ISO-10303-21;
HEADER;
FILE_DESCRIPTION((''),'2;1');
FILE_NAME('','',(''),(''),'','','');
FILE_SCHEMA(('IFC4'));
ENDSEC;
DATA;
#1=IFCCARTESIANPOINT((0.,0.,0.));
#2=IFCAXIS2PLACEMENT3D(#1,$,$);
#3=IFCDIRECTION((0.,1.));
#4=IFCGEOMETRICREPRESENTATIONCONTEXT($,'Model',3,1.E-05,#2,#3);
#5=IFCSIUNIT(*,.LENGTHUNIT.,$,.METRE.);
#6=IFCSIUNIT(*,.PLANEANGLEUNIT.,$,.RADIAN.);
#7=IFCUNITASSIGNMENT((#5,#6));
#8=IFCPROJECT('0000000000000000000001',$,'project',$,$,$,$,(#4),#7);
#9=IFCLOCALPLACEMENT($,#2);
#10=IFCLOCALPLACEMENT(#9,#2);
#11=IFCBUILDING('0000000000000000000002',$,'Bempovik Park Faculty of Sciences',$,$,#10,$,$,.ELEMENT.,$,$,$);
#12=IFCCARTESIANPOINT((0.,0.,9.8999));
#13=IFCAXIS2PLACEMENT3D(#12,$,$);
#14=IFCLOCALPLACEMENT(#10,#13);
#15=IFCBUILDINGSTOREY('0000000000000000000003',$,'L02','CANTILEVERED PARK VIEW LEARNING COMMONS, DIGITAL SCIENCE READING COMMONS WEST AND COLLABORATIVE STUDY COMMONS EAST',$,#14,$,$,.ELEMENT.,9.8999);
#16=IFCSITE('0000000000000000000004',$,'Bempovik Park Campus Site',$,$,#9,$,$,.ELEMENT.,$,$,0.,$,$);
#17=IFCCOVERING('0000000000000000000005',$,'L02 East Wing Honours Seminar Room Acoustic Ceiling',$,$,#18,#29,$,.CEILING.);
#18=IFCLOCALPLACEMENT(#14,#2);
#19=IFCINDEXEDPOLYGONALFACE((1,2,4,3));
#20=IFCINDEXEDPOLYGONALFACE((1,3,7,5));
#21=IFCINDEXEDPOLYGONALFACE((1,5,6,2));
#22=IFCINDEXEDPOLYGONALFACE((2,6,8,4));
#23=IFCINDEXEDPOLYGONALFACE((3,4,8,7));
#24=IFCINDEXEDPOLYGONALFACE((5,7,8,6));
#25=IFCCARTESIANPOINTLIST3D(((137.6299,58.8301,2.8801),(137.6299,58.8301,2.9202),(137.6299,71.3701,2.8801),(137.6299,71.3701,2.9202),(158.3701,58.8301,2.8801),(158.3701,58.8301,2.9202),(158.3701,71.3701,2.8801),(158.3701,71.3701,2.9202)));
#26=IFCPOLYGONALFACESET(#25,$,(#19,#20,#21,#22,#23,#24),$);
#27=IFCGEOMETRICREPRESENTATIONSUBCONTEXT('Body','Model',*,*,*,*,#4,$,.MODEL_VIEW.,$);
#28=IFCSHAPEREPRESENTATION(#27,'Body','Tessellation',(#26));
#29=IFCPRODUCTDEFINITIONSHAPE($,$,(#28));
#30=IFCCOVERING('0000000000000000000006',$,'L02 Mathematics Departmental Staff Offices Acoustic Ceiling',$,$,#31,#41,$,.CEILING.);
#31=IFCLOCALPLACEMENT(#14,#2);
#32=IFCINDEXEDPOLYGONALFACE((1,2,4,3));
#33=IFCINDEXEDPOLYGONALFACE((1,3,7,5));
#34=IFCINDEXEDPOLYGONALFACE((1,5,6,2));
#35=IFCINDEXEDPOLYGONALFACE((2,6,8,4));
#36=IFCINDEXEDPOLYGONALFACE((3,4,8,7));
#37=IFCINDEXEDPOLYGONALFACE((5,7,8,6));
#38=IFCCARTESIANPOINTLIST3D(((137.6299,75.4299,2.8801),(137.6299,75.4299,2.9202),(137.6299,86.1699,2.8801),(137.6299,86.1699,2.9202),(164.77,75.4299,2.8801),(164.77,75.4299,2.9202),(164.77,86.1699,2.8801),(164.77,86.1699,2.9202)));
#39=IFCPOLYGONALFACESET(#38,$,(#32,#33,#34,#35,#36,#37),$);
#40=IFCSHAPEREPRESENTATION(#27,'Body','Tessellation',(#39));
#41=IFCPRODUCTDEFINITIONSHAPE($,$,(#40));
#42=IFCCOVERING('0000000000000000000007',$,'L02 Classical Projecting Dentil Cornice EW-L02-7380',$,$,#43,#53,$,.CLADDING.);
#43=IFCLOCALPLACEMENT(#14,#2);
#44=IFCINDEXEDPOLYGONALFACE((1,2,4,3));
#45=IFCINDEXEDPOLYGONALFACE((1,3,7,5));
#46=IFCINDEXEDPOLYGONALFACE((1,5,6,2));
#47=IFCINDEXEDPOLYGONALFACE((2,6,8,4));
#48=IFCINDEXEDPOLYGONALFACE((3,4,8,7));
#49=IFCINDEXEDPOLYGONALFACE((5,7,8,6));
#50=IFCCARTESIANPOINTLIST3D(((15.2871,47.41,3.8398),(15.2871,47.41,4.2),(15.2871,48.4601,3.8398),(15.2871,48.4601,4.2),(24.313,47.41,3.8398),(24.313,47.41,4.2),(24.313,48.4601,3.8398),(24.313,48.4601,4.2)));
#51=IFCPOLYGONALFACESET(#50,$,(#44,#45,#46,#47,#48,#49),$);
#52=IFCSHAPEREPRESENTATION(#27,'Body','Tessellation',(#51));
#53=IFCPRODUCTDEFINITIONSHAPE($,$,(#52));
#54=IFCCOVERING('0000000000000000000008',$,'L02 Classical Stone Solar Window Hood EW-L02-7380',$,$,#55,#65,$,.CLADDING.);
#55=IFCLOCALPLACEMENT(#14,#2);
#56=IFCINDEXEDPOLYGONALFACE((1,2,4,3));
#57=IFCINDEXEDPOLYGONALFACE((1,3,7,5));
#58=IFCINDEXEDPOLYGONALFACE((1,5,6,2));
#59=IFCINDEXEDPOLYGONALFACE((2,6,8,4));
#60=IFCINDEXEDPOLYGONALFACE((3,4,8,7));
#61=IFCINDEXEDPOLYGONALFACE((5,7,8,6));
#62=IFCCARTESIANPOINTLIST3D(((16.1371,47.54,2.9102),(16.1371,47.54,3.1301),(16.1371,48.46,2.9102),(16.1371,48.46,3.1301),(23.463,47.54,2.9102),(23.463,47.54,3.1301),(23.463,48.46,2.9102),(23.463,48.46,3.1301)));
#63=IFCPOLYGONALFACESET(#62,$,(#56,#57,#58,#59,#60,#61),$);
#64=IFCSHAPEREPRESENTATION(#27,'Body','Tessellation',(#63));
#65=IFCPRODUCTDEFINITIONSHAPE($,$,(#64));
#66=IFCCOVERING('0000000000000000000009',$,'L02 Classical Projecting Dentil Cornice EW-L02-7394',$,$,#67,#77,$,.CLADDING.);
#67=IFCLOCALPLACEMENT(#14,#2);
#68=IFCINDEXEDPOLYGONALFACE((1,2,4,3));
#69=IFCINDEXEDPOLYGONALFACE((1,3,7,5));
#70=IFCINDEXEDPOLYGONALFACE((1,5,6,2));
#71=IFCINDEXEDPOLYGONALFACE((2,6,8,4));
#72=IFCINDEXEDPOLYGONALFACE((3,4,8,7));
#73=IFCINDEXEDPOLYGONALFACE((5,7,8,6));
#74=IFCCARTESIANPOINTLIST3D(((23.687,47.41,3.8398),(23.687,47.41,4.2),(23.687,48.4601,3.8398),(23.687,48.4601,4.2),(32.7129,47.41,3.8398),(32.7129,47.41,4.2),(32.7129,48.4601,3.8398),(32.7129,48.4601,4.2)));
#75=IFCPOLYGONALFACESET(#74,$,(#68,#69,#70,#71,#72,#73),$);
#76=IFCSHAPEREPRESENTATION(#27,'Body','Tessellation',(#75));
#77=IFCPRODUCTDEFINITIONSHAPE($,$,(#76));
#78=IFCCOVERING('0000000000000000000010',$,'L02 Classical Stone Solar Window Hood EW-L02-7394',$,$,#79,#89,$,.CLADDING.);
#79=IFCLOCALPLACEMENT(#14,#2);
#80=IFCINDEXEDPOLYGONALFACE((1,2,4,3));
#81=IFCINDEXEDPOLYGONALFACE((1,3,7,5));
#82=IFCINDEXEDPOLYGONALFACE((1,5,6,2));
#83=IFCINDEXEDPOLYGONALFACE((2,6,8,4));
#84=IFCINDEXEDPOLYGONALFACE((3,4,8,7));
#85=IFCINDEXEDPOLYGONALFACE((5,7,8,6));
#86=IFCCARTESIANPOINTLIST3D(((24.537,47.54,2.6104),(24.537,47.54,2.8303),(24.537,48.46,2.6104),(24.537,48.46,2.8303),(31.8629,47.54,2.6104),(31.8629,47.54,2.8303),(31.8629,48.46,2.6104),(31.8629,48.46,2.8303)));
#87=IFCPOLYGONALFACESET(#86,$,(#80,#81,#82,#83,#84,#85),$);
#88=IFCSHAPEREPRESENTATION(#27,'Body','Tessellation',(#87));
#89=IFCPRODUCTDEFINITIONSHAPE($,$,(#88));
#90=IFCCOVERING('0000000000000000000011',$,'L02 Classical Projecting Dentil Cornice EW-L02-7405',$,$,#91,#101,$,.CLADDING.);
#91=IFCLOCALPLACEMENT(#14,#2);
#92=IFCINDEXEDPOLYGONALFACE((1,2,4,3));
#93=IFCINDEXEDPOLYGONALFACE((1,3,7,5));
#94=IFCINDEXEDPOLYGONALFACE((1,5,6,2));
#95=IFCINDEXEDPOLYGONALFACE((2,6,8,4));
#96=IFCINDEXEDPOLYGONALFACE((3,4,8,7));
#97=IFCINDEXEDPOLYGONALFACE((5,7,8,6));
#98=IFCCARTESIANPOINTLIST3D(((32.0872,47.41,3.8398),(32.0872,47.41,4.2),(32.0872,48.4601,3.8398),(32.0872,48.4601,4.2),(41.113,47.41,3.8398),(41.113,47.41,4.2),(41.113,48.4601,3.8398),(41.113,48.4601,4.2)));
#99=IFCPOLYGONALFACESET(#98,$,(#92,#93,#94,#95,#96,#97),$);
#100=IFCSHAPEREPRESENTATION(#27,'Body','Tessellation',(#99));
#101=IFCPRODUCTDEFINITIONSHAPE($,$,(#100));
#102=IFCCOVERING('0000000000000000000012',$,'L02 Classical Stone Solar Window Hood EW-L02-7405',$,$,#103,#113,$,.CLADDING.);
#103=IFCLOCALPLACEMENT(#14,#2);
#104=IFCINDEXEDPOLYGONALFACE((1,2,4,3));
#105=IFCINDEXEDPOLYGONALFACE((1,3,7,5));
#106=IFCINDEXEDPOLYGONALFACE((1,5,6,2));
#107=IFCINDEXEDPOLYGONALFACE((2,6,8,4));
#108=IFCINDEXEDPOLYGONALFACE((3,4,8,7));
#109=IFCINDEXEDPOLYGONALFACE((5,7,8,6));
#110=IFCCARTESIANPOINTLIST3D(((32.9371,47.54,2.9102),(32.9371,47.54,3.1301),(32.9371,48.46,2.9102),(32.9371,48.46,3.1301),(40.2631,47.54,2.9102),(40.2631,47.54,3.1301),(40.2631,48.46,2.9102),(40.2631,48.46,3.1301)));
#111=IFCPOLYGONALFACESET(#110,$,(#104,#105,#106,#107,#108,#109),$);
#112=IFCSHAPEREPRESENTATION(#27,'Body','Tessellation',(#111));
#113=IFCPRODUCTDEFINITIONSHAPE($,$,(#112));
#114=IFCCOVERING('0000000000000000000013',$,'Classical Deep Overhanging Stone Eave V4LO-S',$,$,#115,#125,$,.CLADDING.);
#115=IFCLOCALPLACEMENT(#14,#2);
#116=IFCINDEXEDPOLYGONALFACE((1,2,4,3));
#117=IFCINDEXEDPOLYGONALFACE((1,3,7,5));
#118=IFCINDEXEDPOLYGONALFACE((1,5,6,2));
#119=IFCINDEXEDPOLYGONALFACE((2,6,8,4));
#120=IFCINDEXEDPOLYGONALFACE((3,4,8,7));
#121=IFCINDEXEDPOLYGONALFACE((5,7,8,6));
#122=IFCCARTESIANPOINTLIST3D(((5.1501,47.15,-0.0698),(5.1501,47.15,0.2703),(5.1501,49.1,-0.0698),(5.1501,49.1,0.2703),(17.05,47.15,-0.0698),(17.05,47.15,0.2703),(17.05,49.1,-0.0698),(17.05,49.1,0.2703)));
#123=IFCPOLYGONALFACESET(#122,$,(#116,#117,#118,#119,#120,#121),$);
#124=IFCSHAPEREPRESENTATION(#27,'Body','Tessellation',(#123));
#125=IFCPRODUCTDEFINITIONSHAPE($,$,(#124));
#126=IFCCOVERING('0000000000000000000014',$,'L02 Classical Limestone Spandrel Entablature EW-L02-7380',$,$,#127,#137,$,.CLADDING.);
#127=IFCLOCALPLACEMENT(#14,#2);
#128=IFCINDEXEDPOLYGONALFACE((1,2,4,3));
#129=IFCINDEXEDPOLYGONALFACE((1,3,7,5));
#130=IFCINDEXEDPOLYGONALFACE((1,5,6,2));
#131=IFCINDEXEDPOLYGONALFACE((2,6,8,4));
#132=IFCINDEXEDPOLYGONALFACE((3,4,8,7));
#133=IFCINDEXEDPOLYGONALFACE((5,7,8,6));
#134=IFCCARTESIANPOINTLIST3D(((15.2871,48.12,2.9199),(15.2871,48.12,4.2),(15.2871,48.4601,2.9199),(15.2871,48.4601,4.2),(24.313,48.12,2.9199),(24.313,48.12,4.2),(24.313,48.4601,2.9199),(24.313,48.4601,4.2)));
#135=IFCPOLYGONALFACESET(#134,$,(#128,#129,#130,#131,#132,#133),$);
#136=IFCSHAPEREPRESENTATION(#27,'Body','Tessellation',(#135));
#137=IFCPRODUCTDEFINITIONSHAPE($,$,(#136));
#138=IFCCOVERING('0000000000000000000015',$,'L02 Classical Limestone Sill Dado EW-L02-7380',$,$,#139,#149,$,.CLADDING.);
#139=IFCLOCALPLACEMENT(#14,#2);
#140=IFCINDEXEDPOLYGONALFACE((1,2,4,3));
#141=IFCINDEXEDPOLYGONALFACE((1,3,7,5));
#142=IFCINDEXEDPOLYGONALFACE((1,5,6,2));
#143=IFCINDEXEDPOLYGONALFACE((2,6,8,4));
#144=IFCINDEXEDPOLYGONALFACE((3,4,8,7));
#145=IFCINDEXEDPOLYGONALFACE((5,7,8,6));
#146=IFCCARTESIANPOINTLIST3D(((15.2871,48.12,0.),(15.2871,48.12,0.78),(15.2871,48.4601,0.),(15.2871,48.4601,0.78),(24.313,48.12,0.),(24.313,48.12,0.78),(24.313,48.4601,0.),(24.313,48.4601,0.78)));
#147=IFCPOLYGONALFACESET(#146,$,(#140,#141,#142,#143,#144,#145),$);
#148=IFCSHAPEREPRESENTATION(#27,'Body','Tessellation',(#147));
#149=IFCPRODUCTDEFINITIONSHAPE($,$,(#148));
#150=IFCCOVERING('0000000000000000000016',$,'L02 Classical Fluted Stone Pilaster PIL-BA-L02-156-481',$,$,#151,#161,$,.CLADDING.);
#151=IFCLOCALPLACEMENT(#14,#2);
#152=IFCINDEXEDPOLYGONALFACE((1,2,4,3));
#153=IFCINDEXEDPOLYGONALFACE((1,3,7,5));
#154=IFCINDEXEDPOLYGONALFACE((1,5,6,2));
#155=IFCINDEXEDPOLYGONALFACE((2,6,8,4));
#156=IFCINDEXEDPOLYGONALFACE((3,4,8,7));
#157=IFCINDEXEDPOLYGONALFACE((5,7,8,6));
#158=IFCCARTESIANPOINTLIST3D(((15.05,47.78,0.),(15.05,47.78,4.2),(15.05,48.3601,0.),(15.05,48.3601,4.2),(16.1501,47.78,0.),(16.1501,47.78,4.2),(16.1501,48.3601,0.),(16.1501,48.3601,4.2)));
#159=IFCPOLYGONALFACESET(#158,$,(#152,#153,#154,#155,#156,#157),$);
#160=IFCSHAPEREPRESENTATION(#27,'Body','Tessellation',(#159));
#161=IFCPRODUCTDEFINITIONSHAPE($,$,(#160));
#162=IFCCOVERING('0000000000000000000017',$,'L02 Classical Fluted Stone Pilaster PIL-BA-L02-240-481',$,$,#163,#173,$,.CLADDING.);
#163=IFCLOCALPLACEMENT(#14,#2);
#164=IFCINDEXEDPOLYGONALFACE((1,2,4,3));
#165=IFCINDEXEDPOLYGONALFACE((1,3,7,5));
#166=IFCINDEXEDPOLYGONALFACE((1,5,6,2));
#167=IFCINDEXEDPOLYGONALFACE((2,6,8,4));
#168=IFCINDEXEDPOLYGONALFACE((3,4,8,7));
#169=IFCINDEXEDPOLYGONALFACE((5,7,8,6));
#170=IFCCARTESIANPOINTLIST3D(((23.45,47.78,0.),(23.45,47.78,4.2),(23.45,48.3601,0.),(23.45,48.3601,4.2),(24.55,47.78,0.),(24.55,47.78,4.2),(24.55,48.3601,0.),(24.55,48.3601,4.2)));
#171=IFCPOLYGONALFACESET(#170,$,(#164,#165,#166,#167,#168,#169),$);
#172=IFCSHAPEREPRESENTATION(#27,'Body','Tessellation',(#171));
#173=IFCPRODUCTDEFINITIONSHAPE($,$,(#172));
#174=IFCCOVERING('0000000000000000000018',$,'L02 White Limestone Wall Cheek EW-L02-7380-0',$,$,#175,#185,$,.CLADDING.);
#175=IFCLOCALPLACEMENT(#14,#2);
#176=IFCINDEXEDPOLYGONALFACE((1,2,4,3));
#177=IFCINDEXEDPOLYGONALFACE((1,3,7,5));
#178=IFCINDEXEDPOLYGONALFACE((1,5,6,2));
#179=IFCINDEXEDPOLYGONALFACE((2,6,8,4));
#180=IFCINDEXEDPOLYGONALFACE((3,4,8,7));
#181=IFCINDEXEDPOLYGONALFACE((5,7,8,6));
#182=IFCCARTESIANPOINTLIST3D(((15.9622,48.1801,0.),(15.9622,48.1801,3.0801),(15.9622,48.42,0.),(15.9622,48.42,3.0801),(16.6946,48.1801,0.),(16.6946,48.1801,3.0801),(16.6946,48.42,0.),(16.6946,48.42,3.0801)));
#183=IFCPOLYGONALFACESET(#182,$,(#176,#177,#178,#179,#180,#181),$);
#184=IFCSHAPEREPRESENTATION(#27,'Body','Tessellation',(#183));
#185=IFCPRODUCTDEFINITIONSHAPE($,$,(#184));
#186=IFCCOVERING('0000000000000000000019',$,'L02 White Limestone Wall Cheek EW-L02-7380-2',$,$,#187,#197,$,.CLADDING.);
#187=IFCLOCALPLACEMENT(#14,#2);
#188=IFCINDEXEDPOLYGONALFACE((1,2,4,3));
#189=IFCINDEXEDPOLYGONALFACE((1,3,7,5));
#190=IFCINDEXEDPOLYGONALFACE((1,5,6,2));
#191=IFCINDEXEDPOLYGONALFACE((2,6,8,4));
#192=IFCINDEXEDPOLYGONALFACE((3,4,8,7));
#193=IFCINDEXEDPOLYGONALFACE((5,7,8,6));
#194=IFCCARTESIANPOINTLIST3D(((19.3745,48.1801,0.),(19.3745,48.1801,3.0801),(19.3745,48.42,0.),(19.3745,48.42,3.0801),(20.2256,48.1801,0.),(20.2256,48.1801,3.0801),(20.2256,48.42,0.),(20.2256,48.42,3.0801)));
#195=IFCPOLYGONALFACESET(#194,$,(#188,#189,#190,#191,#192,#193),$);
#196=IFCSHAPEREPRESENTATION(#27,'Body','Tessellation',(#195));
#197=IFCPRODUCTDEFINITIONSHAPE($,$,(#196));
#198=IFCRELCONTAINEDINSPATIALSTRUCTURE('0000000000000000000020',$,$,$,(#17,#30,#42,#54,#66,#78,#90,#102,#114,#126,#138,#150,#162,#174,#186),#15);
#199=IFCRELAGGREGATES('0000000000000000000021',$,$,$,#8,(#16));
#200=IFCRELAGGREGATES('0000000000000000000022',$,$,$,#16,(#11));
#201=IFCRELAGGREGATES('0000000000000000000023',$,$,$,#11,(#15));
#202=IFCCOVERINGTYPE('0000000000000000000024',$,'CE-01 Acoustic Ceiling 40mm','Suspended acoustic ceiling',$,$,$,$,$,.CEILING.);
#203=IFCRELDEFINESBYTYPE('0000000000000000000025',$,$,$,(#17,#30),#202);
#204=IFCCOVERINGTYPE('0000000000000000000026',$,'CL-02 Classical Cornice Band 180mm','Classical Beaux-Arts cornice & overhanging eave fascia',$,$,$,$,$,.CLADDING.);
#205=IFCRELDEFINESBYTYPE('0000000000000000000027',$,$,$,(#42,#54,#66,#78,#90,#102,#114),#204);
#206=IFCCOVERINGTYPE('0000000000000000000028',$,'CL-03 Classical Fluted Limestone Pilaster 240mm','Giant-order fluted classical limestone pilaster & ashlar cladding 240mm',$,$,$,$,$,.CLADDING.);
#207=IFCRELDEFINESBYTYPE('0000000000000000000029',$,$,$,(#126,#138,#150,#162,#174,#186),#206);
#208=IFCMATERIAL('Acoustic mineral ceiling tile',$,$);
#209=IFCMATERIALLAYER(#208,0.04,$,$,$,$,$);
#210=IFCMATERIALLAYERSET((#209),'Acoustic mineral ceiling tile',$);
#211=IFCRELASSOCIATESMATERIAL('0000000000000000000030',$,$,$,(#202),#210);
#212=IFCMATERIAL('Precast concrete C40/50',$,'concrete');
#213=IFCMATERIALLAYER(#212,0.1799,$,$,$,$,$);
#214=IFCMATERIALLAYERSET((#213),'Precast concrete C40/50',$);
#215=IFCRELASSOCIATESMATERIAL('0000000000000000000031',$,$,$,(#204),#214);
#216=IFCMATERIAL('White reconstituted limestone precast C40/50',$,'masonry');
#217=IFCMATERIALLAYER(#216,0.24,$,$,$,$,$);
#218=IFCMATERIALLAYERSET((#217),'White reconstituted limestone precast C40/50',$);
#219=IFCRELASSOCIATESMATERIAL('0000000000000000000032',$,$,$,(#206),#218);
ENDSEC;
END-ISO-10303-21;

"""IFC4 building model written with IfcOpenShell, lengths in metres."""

from ifc_helpers import new_model, si_unit, direction, frame, origin, origin_2d, place, context, subcontext, project, spatial, polyline, rectangle, outline, extrude, material, layer, layer_set, type_object, element, save


model = new_model("IFC4")

# Units and contexts
model_context = context("Model", 3, precision=1e-05, world=origin(), true_north=direction((0.0, 1.0)))
body_context = subcontext(model_context, "Body", "Model", "MODEL_VIEW")
ifc_project = project(units=[si_unit("LENGTHUNIT", "METRE"), si_unit("PLANEANGLEUNIT", "RADIAN")], contexts=[model_context])

# Site, building, storey
site_placement = place(None, origin())
site = spatial("IfcSite", under=ifc_project, at=site_placement, Name="Bempovik Park Campus Site", CompositionType="ELEMENT", RefElevation=0.0)
building_placement = place(site_placement, origin())
building = spatial("IfcBuilding", under=site, at=building_placement, Name="Bempovik Park Faculty of Sciences", CompositionType="ELEMENT")
storey_placement = place(building_placement, frame((0.0, 0.0, 9.8999)))
storey = spatial("IfcBuildingStorey", under=building, at=storey_placement, Name="L02", Description="CANTILEVERED PARK VIEW LEARNING COMMONS, DIGITAL SCIENCE READING COMMONS WEST AND COLLABORATIVE STUDY COMMONS EAST", CompositionType="ELEMENT", Elevation=9.8999)

# Coverings
ifc_material_1 = material(Name="Acoustic mineral ceiling tile")
ifc_layer_1 = layer(ifc_material_1, 0.04)
ifc_layer_set_1 = layer_set([ifc_layer_1], Name="Acoustic mineral ceiling tile")
covering_type_1 = type_object("IfcCoveringType", Name="CE-01 Acoustic Ceiling 40mm", Description="Suspended acoustic ceiling", PredefinedType="CEILING", material=ifc_layer_set_1)
covering_1_placement = place(storey_placement, frame((0.0, 0.0, 2.8801)))
element("IfcCovering", 1, at=covering_1_placement, inside=storey, type_object=covering_type_1, Name="L02 East Wing Honours Seminar Room Acoustic Ceiling", PredefinedType="CEILING", context=body_context, shape_type="SweptSolid", body=[
    extrude(outline(polyline([(137.6299, 58.8301), (158.3701, 58.8301), (158.3701, 71.3701), (137.6299, 71.3701), (137.6299, 58.8301)])), origin(), (0.0, 0.0, 1.0), 0.04),
])
covering_2_placement = place(storey_placement, frame((0.0, 0.0, 2.8801)))
element("IfcCovering", 2, at=covering_2_placement, inside=storey, type_object=covering_type_1, Name="L02 Mathematics Departmental Staff Offices Acoustic Ceiling", PredefinedType="CEILING", context=body_context, shape_type="SweptSolid", body=[
    extrude(outline(polyline([(137.6299, 75.4299), (164.77, 75.4299), (164.77, 86.1699), (137.6299, 86.1699), (137.6299, 75.4299)])), origin(), (0.0, 0.0, 1.0), 0.04),
])
ifc_material_2 = material(Name="Precast concrete C40/50", Category="concrete")
ifc_layer_2 = layer(ifc_material_2, 0.1799)
ifc_layer_set_2 = layer_set([ifc_layer_2], Name="Precast concrete C40/50")
covering_type_2 = type_object("IfcCoveringType", Name="CL-02 Classical Cornice Band 180mm", Description="Classical Beaux-Arts cornice & overhanging eave fascia", PredefinedType="CLADDING", material=ifc_layer_set_2)
covering_3_placement = place(storey_placement, frame((19.8, 47.9351, 3.8398), z_axis=(0.0, 0.0, 1.0), x_axis=(1.0, 0.0, 0.0)))
element("IfcCovering", 3, at=covering_3_placement, inside=storey, type_object=covering_type_2, Name="L02 Classical Projecting Dentil Cornice EW-L02-7380", PredefinedType="CLADDING", context=body_context, shape_type="SweptSolid", body=[
    extrude(rectangle(XDim=9.0259, YDim=1.05, at=origin_2d()), origin(), (0.0, 0.0, 1.0), 0.3601),
])
covering_4_placement = place(storey_placement, frame((19.8, 48.0, 2.9102), z_axis=(0.0, 0.0, 1.0), x_axis=(1.0, 0.0, 0.0)))
element("IfcCovering", 4, at=covering_4_placement, inside=storey, type_object=covering_type_2, Name="L02 Classical Stone Solar Window Hood EW-L02-7380", PredefinedType="CLADDING", context=body_context, shape_type="SweptSolid", body=[
    extrude(rectangle(XDim=7.3259, YDim=0.9199, at=origin_2d()), origin(), (0.0, 0.0, 1.0), 0.22),
])
covering_5_placement = place(storey_placement, frame((28.2, 47.9351, 3.8398), z_axis=(0.0, 0.0, 1.0), x_axis=(1.0, 0.0, 0.0)))
element("IfcCovering", 5, at=covering_5_placement, inside=storey, type_object=covering_type_2, Name="L02 Classical Projecting Dentil Cornice EW-L02-7394", PredefinedType="CLADDING", context=body_context, shape_type="SweptSolid", body=[
    extrude(rectangle(XDim=9.0259, YDim=1.05, at=origin_2d()), origin(), (0.0, 0.0, 1.0), 0.3601),
])
covering_6_placement = place(storey_placement, frame((28.2, 48.0, 2.6104), z_axis=(0.0, 0.0, 1.0), x_axis=(1.0, 0.0, 0.0)))
element("IfcCovering", 6, at=covering_6_placement, inside=storey, type_object=covering_type_2, Name="L02 Classical Stone Solar Window Hood EW-L02-7394", PredefinedType="CLADDING", context=body_context, shape_type="SweptSolid", body=[
    extrude(rectangle(XDim=7.3259, YDim=0.9199, at=origin_2d()), origin(), (0.0, 0.0, 1.0), 0.22),
])
covering_7_placement = place(storey_placement, frame((36.6001, 47.9351, 3.8398), z_axis=(0.0, 0.0, 1.0), x_axis=(1.0, 0.0, 0.0)))
element("IfcCovering", 7, at=covering_7_placement, inside=storey, type_object=covering_type_2, Name="L02 Classical Projecting Dentil Cornice EW-L02-7405", PredefinedType="CLADDING", context=body_context, shape_type="SweptSolid", body=[
    extrude(rectangle(XDim=9.0259, YDim=1.05, at=origin_2d()), origin(), (0.0, 0.0, 1.0), 0.3601),
])
covering_8_placement = place(storey_placement, frame((36.6001, 48.0, 2.9102), z_axis=(0.0, 0.0, 1.0), x_axis=(1.0, 0.0, 0.0)))
element("IfcCovering", 8, at=covering_8_placement, inside=storey, type_object=covering_type_2, Name="L02 Classical Stone Solar Window Hood EW-L02-7405", PredefinedType="CLADDING", context=body_context, shape_type="SweptSolid", body=[
    extrude(rectangle(XDim=7.3259, YDim=0.9199, at=origin_2d()), origin(), (0.0, 0.0, 1.0), 0.22),
])
covering_9_placement = place(storey_placement, frame((11.1001, 48.125, -0.0698), z_axis=(0.0, 0.0, 1.0), x_axis=(1.0, 0.0, 0.0)))
element("IfcCovering", 9, at=covering_9_placement, inside=storey, type_object=covering_type_2, Name="Classical Deep Overhanging Stone Eave V4LO-S", PredefinedType="CLADDING", context=body_context, shape_type="SweptSolid", body=[
    extrude(rectangle(XDim=11.8999, YDim=1.95, at=origin_2d()), origin(), (0.0, 0.0, 1.0), 0.3401),
])
ifc_material_3 = material(Name="White reconstituted limestone precast C40/50", Category="masonry")
ifc_layer_3 = layer(ifc_material_3, 0.24)
ifc_layer_set_3 = layer_set([ifc_layer_3], Name="White reconstituted limestone precast C40/50")
covering_type_3 = type_object("IfcCoveringType", Name="CL-03 Classical Fluted Limestone Pilaster 240mm", Description="Giant-order fluted classical limestone pilaster & ashlar cladding 240mm", PredefinedType="CLADDING", material=ifc_layer_set_3)
covering_10_placement = place(storey_placement, frame((19.8, 48.29, 2.9199), z_axis=(0.0, 0.0, 1.0), x_axis=(1.0, 0.0, 0.0)))
element("IfcCovering", 10, at=covering_10_placement, inside=storey, type_object=covering_type_3, Name="L02 Classical Limestone Spandrel Entablature EW-L02-7380", PredefinedType="CLADDING", context=body_context, shape_type="SweptSolid", body=[
    extrude(rectangle(XDim=9.0259, YDim=0.3401, at=origin_2d()), origin(), (0.0, 0.0, 1.0), 1.28),
])
covering_11_placement = place(storey_placement, frame((19.8, 48.29, 0.0), z_axis=(0.0, 0.0, 1.0), x_axis=(1.0, 0.0, 0.0)))
element("IfcCovering", 11, at=covering_11_placement, inside=storey, type_object=covering_type_3, Name="L02 Classical Limestone Sill Dado EW-L02-7380", PredefinedType="CLADDING", context=body_context, shape_type="SweptSolid", body=[
    extrude(rectangle(XDim=9.0259, YDim=0.3401, at=origin_2d()), origin(), (0.0, 0.0, 1.0), 0.78),
])
for number, where, z_axis, x_axis, name in (
    (12, (15.6001, 48.0701, 0.0), (0.0, 0.0, 1.0), (1.0, 0.0, 0.0), "L02 Classical Fluted Stone Pilaster PIL-BA-L02-156-481"),
    (13, (24.0, 48.0701, 0.0), (0.0, 0.0, 1.0), (1.0, 0.0, 0.0), "L02 Classical Fluted Stone Pilaster PIL-BA-L02-240-481"),
):
    element("IfcCovering", number, at=place(storey_placement, frame(where, z_axis=z_axis, x_axis=x_axis)), inside=storey, type_object=covering_type_3, Name=name, PredefinedType="CLADDING", context=body_context, shape_type="SweptSolid", body=[
        extrude(rectangle(XDim=1.1001, YDim=0.5801, at=origin_2d()), origin(), (0.0, 0.0, 1.0), 4.2),
    ])
covering_12_placement = place(storey_placement, frame((16.3284, 48.3, 0.0), z_axis=(0.0, 0.0, 1.0), x_axis=(1.0, 0.0, 0.0)))
element("IfcCovering", 14, at=covering_12_placement, inside=storey, type_object=covering_type_3, Name="L02 White Limestone Wall Cheek EW-L02-7380-0", PredefinedType="CLADDING", context=body_context, shape_type="SweptSolid", body=[
    extrude(rectangle(XDim=0.7324, YDim=0.24, at=origin_2d()), origin(), (0.0, 0.0, 1.0), 3.0801),
])
covering_13_placement = place(storey_placement, frame((19.8, 48.3, 0.0), z_axis=(0.0, 0.0, 1.0), x_axis=(1.0, 0.0, 0.0)))
element("IfcCovering", 15, at=covering_13_placement, inside=storey, type_object=covering_type_3, Name="L02 White Limestone Wall Cheek EW-L02-7380-2", PredefinedType="CLADDING", context=body_context, shape_type="SweptSolid", body=[
    extrude(rectangle(XDim=0.8511, YDim=0.24, at=origin_2d()), origin(), (0.0, 0.0, 1.0), 3.0801),
])

save(model, "model.ifc")
